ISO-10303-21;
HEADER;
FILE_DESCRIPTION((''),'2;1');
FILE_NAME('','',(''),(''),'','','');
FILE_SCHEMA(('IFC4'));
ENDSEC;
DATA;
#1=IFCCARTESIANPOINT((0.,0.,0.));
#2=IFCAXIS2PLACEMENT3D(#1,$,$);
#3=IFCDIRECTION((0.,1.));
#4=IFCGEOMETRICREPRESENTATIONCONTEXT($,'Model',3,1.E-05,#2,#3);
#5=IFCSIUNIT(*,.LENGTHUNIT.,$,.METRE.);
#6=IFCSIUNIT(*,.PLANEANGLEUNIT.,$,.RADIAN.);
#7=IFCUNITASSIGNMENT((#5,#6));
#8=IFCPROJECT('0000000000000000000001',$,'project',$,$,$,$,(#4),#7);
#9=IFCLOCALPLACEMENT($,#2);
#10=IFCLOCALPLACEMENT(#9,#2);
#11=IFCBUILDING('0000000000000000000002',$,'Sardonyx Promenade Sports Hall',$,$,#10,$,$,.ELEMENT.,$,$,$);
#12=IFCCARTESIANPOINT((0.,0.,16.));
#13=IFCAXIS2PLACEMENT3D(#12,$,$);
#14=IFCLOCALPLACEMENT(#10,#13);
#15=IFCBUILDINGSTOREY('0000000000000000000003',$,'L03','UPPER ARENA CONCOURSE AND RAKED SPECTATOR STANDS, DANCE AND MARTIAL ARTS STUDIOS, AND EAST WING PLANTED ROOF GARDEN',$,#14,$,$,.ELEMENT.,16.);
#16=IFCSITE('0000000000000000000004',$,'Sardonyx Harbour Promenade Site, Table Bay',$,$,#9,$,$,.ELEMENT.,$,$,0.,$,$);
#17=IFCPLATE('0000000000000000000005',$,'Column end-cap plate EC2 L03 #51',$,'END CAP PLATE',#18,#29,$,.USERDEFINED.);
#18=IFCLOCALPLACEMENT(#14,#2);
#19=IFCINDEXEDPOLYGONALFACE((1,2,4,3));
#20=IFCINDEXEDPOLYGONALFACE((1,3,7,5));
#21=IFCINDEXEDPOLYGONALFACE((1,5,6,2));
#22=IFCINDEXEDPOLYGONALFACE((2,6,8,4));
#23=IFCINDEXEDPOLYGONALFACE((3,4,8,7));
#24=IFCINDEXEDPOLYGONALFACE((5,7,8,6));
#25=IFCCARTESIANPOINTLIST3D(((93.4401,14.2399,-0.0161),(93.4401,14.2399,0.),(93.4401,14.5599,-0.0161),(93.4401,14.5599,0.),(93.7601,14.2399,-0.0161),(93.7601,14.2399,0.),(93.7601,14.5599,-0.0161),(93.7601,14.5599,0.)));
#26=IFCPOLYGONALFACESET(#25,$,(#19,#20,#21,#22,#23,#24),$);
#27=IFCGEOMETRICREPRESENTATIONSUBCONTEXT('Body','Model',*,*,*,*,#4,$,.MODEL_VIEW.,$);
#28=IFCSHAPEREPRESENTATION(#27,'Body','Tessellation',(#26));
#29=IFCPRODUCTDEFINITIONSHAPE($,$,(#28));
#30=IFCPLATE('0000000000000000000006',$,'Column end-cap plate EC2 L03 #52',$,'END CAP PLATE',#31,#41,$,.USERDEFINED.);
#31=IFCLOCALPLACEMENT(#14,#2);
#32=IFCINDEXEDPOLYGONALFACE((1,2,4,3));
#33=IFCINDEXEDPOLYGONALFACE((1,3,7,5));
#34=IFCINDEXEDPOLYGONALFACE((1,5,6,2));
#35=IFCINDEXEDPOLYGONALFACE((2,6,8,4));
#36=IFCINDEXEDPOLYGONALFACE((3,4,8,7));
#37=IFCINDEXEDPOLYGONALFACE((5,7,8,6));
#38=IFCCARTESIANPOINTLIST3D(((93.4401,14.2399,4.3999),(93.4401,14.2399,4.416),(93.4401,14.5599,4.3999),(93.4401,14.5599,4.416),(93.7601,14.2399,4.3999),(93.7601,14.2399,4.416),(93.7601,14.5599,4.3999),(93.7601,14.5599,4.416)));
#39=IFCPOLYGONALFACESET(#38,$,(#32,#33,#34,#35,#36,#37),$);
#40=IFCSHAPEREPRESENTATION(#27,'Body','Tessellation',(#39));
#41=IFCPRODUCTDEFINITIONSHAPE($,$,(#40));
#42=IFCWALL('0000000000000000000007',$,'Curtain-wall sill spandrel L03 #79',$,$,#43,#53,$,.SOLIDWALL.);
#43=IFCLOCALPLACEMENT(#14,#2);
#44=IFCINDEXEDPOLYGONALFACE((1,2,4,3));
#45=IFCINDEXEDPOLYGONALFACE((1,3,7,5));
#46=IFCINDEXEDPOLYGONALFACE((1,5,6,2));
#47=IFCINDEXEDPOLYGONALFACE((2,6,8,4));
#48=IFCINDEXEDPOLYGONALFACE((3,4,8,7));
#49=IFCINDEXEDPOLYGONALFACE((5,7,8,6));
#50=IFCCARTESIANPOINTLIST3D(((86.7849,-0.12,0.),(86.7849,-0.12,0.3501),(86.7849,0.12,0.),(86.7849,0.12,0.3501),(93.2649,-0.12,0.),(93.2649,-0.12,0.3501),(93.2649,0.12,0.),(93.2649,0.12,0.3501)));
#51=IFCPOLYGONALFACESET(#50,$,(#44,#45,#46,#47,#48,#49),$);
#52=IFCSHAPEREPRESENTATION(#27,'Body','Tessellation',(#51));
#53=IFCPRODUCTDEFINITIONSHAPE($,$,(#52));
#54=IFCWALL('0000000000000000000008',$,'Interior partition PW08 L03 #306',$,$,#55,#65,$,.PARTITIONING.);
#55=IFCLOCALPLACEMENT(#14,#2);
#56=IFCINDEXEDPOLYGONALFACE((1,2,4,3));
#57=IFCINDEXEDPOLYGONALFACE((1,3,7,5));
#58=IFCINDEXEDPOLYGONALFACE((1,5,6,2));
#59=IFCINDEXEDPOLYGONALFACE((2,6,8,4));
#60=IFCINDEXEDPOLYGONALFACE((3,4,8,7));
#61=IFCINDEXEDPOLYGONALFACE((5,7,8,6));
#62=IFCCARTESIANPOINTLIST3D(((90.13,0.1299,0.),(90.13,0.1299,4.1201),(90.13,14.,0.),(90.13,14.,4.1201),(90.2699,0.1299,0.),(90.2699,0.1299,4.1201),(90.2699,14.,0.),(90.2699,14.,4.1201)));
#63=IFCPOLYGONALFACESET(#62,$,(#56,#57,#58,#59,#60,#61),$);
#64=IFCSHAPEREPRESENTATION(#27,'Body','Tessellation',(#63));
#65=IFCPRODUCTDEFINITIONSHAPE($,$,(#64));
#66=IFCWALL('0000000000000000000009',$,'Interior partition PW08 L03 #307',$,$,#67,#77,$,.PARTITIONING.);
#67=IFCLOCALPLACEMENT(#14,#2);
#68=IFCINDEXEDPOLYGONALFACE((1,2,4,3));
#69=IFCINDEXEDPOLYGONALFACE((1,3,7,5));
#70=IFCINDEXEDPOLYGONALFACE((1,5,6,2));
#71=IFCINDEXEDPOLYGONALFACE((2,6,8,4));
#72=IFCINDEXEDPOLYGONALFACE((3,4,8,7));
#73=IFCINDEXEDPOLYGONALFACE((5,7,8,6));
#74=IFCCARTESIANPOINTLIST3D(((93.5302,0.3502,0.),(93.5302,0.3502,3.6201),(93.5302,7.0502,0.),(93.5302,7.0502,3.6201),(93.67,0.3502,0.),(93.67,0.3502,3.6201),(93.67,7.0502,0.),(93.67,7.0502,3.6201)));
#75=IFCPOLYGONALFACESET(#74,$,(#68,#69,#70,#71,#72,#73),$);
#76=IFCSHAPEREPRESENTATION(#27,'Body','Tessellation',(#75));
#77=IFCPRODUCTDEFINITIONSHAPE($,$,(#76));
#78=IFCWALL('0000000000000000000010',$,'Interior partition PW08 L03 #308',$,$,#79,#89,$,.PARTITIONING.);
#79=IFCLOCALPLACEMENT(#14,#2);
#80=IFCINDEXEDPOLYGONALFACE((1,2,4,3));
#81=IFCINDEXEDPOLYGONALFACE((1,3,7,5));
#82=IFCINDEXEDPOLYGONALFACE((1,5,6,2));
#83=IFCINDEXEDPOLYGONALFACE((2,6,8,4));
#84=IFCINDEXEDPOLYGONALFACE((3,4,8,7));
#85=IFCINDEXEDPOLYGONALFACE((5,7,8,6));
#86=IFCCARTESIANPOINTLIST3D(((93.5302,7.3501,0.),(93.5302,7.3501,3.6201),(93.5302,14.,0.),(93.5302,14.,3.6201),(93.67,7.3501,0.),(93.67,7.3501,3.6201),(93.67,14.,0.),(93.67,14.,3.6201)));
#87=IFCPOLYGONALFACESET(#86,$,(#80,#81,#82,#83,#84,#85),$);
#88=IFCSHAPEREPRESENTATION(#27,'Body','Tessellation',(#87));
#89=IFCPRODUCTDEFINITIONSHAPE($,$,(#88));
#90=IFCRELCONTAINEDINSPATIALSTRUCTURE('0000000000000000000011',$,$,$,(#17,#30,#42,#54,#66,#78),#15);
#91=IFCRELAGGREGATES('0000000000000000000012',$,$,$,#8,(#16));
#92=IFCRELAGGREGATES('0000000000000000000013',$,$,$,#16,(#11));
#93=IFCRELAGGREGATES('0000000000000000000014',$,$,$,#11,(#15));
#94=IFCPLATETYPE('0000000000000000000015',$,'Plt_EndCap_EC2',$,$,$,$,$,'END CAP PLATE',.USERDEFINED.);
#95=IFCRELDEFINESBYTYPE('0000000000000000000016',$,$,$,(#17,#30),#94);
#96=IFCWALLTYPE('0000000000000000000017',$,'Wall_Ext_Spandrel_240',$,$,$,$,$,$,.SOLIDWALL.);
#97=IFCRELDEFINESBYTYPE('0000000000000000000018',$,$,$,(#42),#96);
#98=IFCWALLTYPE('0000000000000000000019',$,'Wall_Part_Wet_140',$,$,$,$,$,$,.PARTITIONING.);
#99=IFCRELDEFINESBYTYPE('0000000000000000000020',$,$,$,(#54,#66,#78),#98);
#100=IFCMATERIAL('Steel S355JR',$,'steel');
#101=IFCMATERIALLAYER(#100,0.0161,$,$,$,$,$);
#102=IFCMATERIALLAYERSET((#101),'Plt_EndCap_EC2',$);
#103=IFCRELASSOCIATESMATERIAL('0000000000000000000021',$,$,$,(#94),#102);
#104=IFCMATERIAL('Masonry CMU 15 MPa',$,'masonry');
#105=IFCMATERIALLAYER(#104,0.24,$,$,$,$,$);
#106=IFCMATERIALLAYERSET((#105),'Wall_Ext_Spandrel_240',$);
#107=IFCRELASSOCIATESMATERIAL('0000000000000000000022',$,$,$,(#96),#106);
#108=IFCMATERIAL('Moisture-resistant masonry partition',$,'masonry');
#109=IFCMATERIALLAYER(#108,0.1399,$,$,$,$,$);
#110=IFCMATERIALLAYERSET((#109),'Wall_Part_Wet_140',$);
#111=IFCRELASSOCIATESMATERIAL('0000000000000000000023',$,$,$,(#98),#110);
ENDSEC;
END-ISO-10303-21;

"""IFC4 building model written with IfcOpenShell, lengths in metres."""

from ifc_helpers import new_model, si_unit, direction, frame, frame_2d, origin, origin_2d, place, context, subcontext, project, spatial, rectangle, extrude, material, layer, layer_set, type_object, element, save


model = new_model("IFC4")

# Units and contexts
model_context = context("Model", 3, precision=1e-05, world=origin(), true_north=direction((0.0, 1.0)))
body_context = subcontext(model_context, "Body", "Model", "MODEL_VIEW")
ifc_project = project(units=[si_unit("LENGTHUNIT", "METRE"), si_unit("PLANEANGLEUNIT", "RADIAN")], contexts=[model_context])

# Site, building, storey
site_placement = place(None, origin())
site = spatial("IfcSite", under=ifc_project, at=site_placement, Name="Sardonyx Harbour Promenade Site, Table Bay", CompositionType="ELEMENT", RefElevation=0.0)
building_placement = place(site_placement, origin())
building = spatial("IfcBuilding", under=site, at=building_placement, Name="Sardonyx Promenade Sports Hall", CompositionType="ELEMENT")
storey_placement = place(building_placement, frame((0.0, 0.0, 16.0)))
storey = spatial("IfcBuildingStorey", under=building, at=storey_placement, Name="L03", Description="UPPER ARENA CONCOURSE AND RAKED SPECTATOR STANDS, DANCE AND MARTIAL ARTS STUDIOS, AND EAST WING PLANTED ROOF GARDEN", CompositionType="ELEMENT", Elevation=16.0)

# Plates
ifc_material_1 = material(Name="Steel S355JR", Category="steel")
ifc_layer_1 = layer(ifc_material_1, 0.0161)
ifc_layer_set_1 = layer_set([ifc_layer_1], Name="Plt_EndCap_EC2")
plate_type_1 = type_object("IfcPlateType", Name="Plt_EndCap_EC2", ElementType="END CAP PLATE", PredefinedType="USERDEFINED", material=ifc_layer_set_1)
for number, where, z_axis, x_axis, name in (
    (1, (93.6001, 14.3999, -0.0161), (0.0, 0.0, 1.0), (1.0, 0.0, 0.0), "Column end-cap plate EC2 L03 #51"),
    (2, (93.6001, 14.3999, 4.3999), (0.0, 0.0, 1.0), (1.0, 0.0, 0.0), "Column end-cap plate EC2 L03 #52"),
):
    element("IfcPlate", number, at=place(storey_placement, frame(where, z_axis=z_axis, x_axis=x_axis)), inside=storey, type_object=plate_type_1, Name=name, ObjectType="END CAP PLATE", PredefinedType="USERDEFINED", context=body_context, shape_type="SweptSolid", body=[
        extrude(rectangle(XDim=0.3201, YDim=0.3201, at=origin_2d()), origin(), (0.0, 0.0, 1.0), 0.0161),
    ])

# Wall
ifc_material_2 = material(Name="Masonry CMU 15 MPa", Category="masonry")
ifc_layer_2 = layer(ifc_material_2, 0.24)
ifc_layer_set_2 = layer_set([ifc_layer_2], Name="Wall_Ext_Spandrel_240")
wall_type_1 = type_object("IfcWallType", Name="Wall_Ext_Spandrel_240", PredefinedType="SOLIDWALL", material=ifc_layer_set_2)
wall_1_placement = place(storey_placement, frame((93.2649, 0.0, 0.0), z_axis=(0.0, 0.0, 1.0), x_axis=(-1.0, 0.0, 0.0)))
element("IfcWall", 3, at=wall_1_placement, inside=storey, type_object=wall_type_1, Name="Curtain-wall sill spandrel L03 #79", PredefinedType="SOLIDWALL", context=body_context, shape_type="SweptSolid", body=[
    extrude(rectangle(XDim=6.48, YDim=0.24, at=frame_2d((3.24, 0.0))), origin(), (0.0, 0.0, 1.0), 0.3501),
])

# Walls
ifc_material_3 = material(Name="Moisture-resistant masonry partition", Category="masonry")
ifc_layer_3 = layer(ifc_material_3, 0.1399)
ifc_layer_set_3 = layer_set([ifc_layer_3], Name="Wall_Part_Wet_140")
wall_type_2 = type_object("IfcWallType", Name="Wall_Part_Wet_140", PredefinedType="PARTITIONING", material=ifc_layer_set_3)
wall_2_placement = place(storey_placement, frame((90.2, 0.1299, 0.0), z_axis=(0.0, 0.0, 1.0), x_axis=(0.0, 1.0, 0.0)))
element("IfcWall", 4, at=wall_2_placement, inside=storey, type_object=wall_type_2, Name="Interior partition PW08 L03 #306", PredefinedType="PARTITIONING", context=body_context, shape_type="SweptSolid", body=[
    extrude(rectangle(XDim=13.8701, YDim=0.1399, at=frame_2d((6.9351, 0.0))), origin(), (0.0, 0.0, 1.0), 4.1201),
])
wall_3_placement = place(storey_placement, frame((93.6001, 0.3501, 0.0), z_axis=(0.0, 0.0, 1.0), x_axis=(0.0, 1.0, 0.0)))
element("IfcWall", 5, at=wall_3_placement, inside=storey, type_object=wall_type_2, Name="Interior partition PW08 L03 #307", PredefinedType="PARTITIONING", context=body_context, shape_type="SweptSolid", body=[
    extrude(rectangle(XDim=6.7, YDim=0.1399, at=frame_2d((3.3501, 0.0))), origin(), (0.0, 0.0, 1.0), 3.6201),
])
wall_4_placement = place(storey_placement, frame((93.6001, 7.3501, 0.0), z_axis=(0.0, 0.0, 1.0), x_axis=(0.0, 1.0, 0.0)))
element("IfcWall", 6, at=wall_4_placement, inside=storey, type_object=wall_type_2, Name="Interior partition PW08 L03 #308", PredefinedType="PARTITIONING", context=body_context, shape_type="SweptSolid", body=[
    extrude(rectangle(XDim=6.6499, YDim=0.1399, at=frame_2d((3.325, 0.0))), origin(), (0.0, 0.0, 1.0), 3.6201),
])

save(model, "model.ifc")
